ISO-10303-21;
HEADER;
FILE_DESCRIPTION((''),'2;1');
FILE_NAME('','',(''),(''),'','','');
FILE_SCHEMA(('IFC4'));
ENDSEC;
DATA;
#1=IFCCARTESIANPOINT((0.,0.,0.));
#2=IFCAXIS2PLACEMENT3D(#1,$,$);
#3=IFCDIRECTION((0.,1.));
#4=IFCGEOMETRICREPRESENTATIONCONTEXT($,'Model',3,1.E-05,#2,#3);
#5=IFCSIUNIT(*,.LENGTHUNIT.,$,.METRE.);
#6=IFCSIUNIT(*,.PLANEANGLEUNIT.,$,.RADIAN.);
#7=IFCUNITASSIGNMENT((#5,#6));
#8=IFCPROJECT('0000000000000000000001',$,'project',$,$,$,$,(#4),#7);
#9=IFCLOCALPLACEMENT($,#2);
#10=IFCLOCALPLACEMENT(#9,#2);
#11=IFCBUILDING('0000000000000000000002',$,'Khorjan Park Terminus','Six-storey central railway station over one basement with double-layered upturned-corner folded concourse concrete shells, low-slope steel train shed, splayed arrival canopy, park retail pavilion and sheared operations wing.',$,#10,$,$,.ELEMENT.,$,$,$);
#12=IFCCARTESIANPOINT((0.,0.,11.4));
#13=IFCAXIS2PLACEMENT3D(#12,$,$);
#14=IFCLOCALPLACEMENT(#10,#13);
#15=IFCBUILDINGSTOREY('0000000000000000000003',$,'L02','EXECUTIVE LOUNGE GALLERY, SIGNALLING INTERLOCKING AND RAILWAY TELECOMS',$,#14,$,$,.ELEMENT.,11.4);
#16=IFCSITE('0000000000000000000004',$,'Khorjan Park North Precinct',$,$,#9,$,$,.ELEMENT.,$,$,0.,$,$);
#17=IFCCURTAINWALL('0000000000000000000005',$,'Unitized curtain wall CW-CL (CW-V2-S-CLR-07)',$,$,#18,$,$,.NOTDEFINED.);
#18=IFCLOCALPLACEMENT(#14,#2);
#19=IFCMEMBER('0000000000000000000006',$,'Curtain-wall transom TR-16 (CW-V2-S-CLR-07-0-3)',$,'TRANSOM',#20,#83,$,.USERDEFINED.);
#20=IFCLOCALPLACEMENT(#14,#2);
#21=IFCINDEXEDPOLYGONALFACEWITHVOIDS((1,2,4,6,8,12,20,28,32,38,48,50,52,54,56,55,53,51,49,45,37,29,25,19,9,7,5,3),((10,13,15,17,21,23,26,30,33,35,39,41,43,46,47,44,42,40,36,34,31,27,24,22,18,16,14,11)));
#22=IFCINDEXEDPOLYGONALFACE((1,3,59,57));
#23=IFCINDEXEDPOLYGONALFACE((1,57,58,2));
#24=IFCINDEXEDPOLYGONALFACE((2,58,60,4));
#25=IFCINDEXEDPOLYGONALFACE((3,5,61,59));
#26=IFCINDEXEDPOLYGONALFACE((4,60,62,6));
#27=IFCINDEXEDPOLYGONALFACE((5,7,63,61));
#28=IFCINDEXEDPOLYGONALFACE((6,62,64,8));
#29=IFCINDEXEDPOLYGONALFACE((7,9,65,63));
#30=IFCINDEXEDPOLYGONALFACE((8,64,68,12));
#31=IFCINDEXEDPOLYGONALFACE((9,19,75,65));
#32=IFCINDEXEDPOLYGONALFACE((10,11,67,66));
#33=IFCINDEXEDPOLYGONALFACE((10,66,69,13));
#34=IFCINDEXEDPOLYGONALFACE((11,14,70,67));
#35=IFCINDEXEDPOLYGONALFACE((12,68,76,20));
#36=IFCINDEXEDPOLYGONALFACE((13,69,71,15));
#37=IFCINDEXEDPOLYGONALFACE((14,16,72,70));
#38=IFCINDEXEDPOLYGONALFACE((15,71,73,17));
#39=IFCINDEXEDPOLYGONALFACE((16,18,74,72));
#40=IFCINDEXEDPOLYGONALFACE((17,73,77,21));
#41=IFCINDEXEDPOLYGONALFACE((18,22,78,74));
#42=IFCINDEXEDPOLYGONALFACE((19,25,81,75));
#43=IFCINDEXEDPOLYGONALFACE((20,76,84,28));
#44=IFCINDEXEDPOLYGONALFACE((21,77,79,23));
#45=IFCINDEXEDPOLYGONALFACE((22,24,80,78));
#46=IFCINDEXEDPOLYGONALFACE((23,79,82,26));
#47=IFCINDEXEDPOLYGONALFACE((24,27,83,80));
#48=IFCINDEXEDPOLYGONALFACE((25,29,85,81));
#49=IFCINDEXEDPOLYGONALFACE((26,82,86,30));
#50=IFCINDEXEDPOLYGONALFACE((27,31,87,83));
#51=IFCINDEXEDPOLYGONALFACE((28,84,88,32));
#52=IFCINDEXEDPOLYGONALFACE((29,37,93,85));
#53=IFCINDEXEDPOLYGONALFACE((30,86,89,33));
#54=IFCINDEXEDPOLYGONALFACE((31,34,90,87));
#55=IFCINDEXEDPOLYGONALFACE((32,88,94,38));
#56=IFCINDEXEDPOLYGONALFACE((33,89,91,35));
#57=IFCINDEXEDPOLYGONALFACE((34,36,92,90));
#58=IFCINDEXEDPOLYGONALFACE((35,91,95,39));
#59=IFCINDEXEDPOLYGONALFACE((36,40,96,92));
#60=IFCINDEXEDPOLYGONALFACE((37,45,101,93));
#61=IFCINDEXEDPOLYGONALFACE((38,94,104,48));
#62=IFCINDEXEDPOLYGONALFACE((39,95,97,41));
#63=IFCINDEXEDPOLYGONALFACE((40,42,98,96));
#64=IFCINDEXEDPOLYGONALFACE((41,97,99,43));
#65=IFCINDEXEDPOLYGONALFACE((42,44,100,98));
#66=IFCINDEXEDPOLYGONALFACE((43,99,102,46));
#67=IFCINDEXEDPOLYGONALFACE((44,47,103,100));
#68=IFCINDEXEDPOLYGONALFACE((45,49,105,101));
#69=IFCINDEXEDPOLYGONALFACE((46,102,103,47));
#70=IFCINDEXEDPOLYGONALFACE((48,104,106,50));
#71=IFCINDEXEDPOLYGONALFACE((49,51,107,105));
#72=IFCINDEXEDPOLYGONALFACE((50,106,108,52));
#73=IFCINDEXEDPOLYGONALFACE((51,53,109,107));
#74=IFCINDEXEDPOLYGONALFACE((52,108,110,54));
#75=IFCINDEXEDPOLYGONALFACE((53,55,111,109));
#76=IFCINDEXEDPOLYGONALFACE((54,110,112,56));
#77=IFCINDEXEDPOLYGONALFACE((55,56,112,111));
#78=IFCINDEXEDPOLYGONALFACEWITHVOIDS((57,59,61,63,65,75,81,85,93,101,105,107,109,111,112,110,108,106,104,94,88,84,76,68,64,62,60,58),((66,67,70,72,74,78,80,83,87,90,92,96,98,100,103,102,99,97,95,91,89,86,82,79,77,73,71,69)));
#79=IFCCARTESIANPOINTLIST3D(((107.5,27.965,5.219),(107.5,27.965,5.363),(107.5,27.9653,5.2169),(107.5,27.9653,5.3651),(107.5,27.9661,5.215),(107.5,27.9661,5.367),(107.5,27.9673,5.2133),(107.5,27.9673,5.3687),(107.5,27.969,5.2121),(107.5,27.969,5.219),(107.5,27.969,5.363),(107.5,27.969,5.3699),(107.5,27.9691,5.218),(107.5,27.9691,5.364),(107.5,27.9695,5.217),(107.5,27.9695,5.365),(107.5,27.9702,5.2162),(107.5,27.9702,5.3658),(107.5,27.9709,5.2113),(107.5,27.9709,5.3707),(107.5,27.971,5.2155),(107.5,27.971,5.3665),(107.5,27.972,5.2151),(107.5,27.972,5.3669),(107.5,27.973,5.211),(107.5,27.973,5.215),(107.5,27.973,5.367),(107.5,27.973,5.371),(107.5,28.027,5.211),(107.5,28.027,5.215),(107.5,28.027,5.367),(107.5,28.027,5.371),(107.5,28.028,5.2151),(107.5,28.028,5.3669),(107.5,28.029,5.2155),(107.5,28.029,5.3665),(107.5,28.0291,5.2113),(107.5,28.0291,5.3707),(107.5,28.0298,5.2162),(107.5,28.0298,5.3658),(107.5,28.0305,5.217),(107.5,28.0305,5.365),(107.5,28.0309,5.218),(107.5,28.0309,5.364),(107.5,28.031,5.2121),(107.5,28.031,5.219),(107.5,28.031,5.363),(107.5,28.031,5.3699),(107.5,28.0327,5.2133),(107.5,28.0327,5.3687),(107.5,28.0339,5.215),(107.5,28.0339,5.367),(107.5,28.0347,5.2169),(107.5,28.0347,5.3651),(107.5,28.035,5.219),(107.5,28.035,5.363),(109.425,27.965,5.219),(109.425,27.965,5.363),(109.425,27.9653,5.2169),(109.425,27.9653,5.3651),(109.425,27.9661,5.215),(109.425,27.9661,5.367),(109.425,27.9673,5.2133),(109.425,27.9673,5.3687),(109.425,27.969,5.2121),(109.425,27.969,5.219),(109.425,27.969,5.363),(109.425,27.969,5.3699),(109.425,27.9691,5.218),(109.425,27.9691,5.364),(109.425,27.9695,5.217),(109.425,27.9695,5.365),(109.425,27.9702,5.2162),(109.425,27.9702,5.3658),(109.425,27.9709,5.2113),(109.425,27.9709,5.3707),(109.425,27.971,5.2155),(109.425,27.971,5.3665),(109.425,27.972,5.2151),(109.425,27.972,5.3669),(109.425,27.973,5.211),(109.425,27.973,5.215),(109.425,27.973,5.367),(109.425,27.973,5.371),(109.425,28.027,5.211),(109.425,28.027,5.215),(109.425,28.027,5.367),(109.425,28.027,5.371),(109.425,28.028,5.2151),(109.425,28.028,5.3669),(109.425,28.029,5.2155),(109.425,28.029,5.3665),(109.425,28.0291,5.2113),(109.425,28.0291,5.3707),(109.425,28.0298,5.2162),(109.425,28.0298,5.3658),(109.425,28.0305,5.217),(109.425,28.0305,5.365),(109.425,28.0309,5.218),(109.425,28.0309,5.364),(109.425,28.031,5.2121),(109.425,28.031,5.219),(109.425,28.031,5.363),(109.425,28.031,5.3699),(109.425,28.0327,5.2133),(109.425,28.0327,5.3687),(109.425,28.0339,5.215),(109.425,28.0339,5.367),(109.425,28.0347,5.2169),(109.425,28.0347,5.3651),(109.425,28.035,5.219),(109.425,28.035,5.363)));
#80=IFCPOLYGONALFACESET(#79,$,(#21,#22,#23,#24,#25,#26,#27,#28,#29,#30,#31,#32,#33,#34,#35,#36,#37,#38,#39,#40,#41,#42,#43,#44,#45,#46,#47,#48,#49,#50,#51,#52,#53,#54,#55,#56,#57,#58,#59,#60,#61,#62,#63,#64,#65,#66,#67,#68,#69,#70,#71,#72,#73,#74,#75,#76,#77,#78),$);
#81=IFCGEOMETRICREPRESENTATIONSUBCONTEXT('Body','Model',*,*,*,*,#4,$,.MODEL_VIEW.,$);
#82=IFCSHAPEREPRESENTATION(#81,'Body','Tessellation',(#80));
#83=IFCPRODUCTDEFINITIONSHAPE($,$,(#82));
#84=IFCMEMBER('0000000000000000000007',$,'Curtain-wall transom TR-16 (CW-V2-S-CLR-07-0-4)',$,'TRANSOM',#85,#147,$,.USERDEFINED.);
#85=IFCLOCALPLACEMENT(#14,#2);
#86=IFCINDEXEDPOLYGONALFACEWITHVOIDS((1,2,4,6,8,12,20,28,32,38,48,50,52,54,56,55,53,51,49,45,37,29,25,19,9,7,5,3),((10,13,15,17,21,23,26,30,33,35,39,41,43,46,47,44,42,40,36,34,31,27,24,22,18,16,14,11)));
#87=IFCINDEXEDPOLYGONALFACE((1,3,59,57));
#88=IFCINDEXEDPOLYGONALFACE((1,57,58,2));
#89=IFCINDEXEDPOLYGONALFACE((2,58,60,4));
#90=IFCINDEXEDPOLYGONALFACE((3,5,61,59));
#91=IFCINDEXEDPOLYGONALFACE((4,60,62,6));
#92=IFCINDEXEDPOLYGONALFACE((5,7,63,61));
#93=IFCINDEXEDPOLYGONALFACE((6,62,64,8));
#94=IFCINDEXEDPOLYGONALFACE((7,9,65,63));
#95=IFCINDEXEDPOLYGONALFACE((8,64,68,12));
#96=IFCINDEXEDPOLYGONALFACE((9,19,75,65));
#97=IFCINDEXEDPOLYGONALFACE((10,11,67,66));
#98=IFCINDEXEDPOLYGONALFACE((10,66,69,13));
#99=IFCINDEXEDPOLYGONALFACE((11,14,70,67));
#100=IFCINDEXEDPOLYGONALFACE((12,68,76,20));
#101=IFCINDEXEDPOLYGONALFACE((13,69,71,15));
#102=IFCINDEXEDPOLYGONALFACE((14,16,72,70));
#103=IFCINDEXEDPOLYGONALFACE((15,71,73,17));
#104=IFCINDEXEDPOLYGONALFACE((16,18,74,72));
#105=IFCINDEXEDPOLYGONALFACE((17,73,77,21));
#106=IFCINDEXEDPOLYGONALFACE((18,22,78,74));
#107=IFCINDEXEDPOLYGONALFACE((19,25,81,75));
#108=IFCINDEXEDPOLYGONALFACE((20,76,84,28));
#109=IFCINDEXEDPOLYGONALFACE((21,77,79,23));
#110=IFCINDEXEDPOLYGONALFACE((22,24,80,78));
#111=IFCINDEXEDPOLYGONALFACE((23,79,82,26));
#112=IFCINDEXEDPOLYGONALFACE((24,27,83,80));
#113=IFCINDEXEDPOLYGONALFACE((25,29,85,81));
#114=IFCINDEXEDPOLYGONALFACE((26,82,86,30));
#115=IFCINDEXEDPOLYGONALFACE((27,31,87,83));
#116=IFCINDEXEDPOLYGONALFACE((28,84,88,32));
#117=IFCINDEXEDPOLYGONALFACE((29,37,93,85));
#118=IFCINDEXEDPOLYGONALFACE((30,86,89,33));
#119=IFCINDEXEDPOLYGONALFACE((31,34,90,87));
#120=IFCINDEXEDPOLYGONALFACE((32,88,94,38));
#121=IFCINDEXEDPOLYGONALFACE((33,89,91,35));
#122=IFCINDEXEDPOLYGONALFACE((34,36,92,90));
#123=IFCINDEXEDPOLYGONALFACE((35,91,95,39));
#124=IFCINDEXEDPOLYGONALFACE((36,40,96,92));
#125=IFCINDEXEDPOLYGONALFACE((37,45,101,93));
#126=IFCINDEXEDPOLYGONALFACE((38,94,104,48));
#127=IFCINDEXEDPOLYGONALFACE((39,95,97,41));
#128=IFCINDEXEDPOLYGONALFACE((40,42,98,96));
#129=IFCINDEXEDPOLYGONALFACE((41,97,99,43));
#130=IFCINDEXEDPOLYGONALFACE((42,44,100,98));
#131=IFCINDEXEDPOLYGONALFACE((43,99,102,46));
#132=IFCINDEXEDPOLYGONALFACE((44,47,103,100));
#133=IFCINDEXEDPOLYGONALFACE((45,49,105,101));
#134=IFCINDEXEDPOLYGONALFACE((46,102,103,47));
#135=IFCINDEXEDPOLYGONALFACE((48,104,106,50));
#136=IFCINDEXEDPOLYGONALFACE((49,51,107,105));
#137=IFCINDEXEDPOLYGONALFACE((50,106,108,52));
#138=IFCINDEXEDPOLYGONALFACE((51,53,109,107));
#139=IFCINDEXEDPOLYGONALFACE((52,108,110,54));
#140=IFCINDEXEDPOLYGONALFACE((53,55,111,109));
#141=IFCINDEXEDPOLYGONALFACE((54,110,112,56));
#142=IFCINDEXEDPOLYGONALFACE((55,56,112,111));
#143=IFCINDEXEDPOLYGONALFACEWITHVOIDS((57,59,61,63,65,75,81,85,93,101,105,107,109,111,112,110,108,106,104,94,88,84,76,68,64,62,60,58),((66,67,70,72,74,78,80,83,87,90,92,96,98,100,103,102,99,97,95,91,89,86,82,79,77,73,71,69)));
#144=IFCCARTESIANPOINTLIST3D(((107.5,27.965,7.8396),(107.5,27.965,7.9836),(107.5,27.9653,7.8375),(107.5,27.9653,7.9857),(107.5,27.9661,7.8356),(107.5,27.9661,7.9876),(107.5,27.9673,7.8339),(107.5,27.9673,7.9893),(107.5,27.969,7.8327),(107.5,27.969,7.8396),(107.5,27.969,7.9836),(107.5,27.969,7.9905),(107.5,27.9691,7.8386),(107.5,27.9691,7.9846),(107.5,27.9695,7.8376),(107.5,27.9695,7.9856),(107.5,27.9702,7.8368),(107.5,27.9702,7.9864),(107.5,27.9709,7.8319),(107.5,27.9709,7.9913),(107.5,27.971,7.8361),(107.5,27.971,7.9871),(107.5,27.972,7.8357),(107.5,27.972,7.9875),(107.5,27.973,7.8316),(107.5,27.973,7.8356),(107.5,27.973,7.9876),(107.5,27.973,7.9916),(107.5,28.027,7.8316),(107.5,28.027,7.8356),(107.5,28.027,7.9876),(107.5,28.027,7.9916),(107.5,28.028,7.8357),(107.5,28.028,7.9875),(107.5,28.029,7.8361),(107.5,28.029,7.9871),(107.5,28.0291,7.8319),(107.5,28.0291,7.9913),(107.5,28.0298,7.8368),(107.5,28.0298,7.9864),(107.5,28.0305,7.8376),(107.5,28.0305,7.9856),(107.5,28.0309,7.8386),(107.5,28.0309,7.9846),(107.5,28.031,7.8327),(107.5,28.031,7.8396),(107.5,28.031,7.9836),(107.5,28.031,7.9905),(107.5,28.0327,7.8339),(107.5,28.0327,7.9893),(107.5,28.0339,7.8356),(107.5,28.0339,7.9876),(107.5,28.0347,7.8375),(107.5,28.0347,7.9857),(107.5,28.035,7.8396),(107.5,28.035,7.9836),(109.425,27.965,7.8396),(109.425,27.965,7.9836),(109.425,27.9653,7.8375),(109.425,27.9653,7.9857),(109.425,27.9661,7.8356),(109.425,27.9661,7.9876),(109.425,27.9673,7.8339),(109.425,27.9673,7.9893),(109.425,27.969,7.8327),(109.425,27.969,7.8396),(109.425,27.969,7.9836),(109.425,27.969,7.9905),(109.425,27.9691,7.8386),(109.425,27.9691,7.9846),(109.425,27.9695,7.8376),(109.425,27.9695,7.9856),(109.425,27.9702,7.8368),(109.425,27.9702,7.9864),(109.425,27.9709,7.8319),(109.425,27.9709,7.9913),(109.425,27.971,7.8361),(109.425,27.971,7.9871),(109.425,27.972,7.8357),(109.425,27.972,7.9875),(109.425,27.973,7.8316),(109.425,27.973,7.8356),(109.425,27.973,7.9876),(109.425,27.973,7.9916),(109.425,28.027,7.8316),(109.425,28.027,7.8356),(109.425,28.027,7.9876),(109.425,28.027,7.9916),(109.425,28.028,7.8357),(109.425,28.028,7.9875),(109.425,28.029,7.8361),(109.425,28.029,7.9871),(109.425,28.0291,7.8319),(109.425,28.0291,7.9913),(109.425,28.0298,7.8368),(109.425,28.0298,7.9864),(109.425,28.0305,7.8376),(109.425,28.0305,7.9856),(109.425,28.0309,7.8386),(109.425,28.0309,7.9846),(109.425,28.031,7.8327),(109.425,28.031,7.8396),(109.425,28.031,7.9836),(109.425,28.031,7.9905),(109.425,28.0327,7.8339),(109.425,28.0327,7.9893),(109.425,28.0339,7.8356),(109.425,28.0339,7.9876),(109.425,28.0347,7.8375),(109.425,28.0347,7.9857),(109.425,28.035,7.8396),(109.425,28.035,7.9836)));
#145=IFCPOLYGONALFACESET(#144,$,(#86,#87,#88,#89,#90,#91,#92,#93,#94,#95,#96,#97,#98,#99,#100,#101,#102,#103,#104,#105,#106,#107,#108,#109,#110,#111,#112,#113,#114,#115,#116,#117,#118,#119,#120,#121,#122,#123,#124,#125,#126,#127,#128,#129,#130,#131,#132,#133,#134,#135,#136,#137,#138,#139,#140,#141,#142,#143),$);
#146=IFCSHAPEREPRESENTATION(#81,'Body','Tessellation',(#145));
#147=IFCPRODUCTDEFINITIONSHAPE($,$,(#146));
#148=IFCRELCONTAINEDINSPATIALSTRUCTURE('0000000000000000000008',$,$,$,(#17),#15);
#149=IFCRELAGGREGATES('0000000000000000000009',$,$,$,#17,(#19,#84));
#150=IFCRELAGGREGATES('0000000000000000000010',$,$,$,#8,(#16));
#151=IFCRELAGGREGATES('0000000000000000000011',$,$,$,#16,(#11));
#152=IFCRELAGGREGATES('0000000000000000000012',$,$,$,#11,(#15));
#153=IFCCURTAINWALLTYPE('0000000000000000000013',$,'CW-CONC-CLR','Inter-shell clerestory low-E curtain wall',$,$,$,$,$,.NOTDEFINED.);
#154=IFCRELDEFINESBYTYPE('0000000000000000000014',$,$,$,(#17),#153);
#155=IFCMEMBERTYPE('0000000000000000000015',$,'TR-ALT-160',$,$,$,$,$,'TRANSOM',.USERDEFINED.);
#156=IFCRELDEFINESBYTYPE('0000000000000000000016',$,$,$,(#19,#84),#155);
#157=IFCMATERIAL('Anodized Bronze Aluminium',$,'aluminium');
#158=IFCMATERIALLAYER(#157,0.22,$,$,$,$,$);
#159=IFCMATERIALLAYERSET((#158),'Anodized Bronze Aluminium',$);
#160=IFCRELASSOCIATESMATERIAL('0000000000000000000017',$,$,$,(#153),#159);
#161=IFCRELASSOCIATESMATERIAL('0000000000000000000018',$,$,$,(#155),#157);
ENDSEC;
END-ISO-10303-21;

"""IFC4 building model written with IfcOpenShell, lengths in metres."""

from ifc_helpers import new_model, si_unit, direction, frame, origin, origin_2d, place, context, subcontext, project, spatial, hollow_rectangle, extrude, material, layer, layer_set, material_profile, profile_set, type_object, element, aggregate, save


model = new_model("IFC4")

# Units and contexts
model_context = context("Model", 3, precision=1e-05, world=origin(), true_north=direction((0.0, 1.0)))
body_context = subcontext(model_context, "Body", "Model", "MODEL_VIEW")
ifc_project = project(units=[si_unit("LENGTHUNIT", "METRE"), si_unit("PLANEANGLEUNIT", "RADIAN")], contexts=[model_context])

# Site, building, storey
site_placement = place(None, origin())
site = spatial("IfcSite", under=ifc_project, at=site_placement, Name="Khorjan Park North Precinct", CompositionType="ELEMENT", RefElevation=0.0)
building_placement = place(site_placement, origin())
building = spatial("IfcBuilding", under=site, at=building_placement, Name="Khorjan Park Terminus", Description="Six-storey central railway station over one basement with double-layered upturned-corner folded concourse concrete shells, low-slope steel train shed, splayed arrival canopy, park retail pavilion and sheared operations wing.", CompositionType="ELEMENT")
storey_placement = place(building_placement, frame((0.0, 0.0, 11.4)))
storey = spatial("IfcBuildingStorey", under=building, at=storey_placement, Name="L02", Description="EXECUTIVE LOUNGE GALLERY, SIGNALLING INTERLOCKING AND RAILWAY TELECOMS", CompositionType="ELEMENT", Elevation=11.4)

# Shared definitions
ifc_material_1 = material(Name="Anodized Bronze Aluminium", Category="aluminium")
ifc_layer_1 = layer(ifc_material_1, 0.22)
ifc_layer_set_1 = layer_set([ifc_layer_1], Name="Anodized Bronze Aluminium")
curtain_wall_type = type_object("IfcCurtainWallType", Name="CW-CONC-CLR", Description="Inter-shell clerestory low-E curtain wall", PredefinedType="NOTDEFINED", material=ifc_layer_set_1)

# Curtain wall
curtain_wall_1_placement = place(storey_placement, origin())
curtain_wall_1 = element("IfcCurtainWall", 1, at=curtain_wall_1_placement, inside=storey, type_object=curtain_wall_type, Name="Unitized curtain wall CW-CL (CW-V2-S-CLR-07)", PredefinedType="NOTDEFINED")

# Members
ifc_material_profile_1 = material_profile(ifc_material_1, hollow_rectangle(XDim=0.07, YDim=0.16, WallThickness=0.004, InnerFilletRadius=0.004, OuterFilletRadius=0.008, at=origin_2d()), Name="ALT 70x160x4")
ifc_profile_set_1 = profile_set([ifc_material_profile_1], Name="Anodized Bronze Aluminium")
member_type_1 = type_object("IfcMemberType", Name="TR-ALT-160", ElementType="TRANSOM", PredefinedType="USERDEFINED", material=ifc_profile_set_1)
member_1_placement = place(storey_placement, frame((107.5, 28.0, 5.291), z_axis=(1.0, 0.0, 0.0), x_axis=(0.0, 1.0, 0.0)))
member_1 = element("IfcMember", 2, at=member_1_placement, type_object=member_type_1, Name="Curtain-wall transom TR-16 (CW-V2-S-CLR-07-0-3)", ObjectType="TRANSOM", PredefinedType="USERDEFINED", context=body_context, shape_type="SweptSolid", body=[
    extrude(hollow_rectangle(XDim=0.07, YDim=0.16, WallThickness=0.004, InnerFilletRadius=0.004, OuterFilletRadius=0.008, at=origin_2d()), origin(), (0.0, 0.0, 1.0), 1.925),
])
member_2_placement = place(storey_placement, frame((107.5, 28.0, 7.9116), z_axis=(1.0, 0.0, 0.0), x_axis=(0.0, 1.0, 0.0)))
member_2 = element("IfcMember", 3, at=member_2_placement, type_object=member_type_1, Name="Curtain-wall transom TR-16 (CW-V2-S-CLR-07-0-4)", ObjectType="TRANSOM", PredefinedType="USERDEFINED", context=body_context, shape_type="SweptSolid", body=[
    extrude(hollow_rectangle(XDim=0.07, YDim=0.16, WallThickness=0.004, InnerFilletRadius=0.004, OuterFilletRadius=0.008, at=origin_2d()), origin(), (0.0, 0.0, 1.0), 1.925),
])

aggregate(curtain_wall_1, [member_1, member_2])

save(model, "model.ifc")
